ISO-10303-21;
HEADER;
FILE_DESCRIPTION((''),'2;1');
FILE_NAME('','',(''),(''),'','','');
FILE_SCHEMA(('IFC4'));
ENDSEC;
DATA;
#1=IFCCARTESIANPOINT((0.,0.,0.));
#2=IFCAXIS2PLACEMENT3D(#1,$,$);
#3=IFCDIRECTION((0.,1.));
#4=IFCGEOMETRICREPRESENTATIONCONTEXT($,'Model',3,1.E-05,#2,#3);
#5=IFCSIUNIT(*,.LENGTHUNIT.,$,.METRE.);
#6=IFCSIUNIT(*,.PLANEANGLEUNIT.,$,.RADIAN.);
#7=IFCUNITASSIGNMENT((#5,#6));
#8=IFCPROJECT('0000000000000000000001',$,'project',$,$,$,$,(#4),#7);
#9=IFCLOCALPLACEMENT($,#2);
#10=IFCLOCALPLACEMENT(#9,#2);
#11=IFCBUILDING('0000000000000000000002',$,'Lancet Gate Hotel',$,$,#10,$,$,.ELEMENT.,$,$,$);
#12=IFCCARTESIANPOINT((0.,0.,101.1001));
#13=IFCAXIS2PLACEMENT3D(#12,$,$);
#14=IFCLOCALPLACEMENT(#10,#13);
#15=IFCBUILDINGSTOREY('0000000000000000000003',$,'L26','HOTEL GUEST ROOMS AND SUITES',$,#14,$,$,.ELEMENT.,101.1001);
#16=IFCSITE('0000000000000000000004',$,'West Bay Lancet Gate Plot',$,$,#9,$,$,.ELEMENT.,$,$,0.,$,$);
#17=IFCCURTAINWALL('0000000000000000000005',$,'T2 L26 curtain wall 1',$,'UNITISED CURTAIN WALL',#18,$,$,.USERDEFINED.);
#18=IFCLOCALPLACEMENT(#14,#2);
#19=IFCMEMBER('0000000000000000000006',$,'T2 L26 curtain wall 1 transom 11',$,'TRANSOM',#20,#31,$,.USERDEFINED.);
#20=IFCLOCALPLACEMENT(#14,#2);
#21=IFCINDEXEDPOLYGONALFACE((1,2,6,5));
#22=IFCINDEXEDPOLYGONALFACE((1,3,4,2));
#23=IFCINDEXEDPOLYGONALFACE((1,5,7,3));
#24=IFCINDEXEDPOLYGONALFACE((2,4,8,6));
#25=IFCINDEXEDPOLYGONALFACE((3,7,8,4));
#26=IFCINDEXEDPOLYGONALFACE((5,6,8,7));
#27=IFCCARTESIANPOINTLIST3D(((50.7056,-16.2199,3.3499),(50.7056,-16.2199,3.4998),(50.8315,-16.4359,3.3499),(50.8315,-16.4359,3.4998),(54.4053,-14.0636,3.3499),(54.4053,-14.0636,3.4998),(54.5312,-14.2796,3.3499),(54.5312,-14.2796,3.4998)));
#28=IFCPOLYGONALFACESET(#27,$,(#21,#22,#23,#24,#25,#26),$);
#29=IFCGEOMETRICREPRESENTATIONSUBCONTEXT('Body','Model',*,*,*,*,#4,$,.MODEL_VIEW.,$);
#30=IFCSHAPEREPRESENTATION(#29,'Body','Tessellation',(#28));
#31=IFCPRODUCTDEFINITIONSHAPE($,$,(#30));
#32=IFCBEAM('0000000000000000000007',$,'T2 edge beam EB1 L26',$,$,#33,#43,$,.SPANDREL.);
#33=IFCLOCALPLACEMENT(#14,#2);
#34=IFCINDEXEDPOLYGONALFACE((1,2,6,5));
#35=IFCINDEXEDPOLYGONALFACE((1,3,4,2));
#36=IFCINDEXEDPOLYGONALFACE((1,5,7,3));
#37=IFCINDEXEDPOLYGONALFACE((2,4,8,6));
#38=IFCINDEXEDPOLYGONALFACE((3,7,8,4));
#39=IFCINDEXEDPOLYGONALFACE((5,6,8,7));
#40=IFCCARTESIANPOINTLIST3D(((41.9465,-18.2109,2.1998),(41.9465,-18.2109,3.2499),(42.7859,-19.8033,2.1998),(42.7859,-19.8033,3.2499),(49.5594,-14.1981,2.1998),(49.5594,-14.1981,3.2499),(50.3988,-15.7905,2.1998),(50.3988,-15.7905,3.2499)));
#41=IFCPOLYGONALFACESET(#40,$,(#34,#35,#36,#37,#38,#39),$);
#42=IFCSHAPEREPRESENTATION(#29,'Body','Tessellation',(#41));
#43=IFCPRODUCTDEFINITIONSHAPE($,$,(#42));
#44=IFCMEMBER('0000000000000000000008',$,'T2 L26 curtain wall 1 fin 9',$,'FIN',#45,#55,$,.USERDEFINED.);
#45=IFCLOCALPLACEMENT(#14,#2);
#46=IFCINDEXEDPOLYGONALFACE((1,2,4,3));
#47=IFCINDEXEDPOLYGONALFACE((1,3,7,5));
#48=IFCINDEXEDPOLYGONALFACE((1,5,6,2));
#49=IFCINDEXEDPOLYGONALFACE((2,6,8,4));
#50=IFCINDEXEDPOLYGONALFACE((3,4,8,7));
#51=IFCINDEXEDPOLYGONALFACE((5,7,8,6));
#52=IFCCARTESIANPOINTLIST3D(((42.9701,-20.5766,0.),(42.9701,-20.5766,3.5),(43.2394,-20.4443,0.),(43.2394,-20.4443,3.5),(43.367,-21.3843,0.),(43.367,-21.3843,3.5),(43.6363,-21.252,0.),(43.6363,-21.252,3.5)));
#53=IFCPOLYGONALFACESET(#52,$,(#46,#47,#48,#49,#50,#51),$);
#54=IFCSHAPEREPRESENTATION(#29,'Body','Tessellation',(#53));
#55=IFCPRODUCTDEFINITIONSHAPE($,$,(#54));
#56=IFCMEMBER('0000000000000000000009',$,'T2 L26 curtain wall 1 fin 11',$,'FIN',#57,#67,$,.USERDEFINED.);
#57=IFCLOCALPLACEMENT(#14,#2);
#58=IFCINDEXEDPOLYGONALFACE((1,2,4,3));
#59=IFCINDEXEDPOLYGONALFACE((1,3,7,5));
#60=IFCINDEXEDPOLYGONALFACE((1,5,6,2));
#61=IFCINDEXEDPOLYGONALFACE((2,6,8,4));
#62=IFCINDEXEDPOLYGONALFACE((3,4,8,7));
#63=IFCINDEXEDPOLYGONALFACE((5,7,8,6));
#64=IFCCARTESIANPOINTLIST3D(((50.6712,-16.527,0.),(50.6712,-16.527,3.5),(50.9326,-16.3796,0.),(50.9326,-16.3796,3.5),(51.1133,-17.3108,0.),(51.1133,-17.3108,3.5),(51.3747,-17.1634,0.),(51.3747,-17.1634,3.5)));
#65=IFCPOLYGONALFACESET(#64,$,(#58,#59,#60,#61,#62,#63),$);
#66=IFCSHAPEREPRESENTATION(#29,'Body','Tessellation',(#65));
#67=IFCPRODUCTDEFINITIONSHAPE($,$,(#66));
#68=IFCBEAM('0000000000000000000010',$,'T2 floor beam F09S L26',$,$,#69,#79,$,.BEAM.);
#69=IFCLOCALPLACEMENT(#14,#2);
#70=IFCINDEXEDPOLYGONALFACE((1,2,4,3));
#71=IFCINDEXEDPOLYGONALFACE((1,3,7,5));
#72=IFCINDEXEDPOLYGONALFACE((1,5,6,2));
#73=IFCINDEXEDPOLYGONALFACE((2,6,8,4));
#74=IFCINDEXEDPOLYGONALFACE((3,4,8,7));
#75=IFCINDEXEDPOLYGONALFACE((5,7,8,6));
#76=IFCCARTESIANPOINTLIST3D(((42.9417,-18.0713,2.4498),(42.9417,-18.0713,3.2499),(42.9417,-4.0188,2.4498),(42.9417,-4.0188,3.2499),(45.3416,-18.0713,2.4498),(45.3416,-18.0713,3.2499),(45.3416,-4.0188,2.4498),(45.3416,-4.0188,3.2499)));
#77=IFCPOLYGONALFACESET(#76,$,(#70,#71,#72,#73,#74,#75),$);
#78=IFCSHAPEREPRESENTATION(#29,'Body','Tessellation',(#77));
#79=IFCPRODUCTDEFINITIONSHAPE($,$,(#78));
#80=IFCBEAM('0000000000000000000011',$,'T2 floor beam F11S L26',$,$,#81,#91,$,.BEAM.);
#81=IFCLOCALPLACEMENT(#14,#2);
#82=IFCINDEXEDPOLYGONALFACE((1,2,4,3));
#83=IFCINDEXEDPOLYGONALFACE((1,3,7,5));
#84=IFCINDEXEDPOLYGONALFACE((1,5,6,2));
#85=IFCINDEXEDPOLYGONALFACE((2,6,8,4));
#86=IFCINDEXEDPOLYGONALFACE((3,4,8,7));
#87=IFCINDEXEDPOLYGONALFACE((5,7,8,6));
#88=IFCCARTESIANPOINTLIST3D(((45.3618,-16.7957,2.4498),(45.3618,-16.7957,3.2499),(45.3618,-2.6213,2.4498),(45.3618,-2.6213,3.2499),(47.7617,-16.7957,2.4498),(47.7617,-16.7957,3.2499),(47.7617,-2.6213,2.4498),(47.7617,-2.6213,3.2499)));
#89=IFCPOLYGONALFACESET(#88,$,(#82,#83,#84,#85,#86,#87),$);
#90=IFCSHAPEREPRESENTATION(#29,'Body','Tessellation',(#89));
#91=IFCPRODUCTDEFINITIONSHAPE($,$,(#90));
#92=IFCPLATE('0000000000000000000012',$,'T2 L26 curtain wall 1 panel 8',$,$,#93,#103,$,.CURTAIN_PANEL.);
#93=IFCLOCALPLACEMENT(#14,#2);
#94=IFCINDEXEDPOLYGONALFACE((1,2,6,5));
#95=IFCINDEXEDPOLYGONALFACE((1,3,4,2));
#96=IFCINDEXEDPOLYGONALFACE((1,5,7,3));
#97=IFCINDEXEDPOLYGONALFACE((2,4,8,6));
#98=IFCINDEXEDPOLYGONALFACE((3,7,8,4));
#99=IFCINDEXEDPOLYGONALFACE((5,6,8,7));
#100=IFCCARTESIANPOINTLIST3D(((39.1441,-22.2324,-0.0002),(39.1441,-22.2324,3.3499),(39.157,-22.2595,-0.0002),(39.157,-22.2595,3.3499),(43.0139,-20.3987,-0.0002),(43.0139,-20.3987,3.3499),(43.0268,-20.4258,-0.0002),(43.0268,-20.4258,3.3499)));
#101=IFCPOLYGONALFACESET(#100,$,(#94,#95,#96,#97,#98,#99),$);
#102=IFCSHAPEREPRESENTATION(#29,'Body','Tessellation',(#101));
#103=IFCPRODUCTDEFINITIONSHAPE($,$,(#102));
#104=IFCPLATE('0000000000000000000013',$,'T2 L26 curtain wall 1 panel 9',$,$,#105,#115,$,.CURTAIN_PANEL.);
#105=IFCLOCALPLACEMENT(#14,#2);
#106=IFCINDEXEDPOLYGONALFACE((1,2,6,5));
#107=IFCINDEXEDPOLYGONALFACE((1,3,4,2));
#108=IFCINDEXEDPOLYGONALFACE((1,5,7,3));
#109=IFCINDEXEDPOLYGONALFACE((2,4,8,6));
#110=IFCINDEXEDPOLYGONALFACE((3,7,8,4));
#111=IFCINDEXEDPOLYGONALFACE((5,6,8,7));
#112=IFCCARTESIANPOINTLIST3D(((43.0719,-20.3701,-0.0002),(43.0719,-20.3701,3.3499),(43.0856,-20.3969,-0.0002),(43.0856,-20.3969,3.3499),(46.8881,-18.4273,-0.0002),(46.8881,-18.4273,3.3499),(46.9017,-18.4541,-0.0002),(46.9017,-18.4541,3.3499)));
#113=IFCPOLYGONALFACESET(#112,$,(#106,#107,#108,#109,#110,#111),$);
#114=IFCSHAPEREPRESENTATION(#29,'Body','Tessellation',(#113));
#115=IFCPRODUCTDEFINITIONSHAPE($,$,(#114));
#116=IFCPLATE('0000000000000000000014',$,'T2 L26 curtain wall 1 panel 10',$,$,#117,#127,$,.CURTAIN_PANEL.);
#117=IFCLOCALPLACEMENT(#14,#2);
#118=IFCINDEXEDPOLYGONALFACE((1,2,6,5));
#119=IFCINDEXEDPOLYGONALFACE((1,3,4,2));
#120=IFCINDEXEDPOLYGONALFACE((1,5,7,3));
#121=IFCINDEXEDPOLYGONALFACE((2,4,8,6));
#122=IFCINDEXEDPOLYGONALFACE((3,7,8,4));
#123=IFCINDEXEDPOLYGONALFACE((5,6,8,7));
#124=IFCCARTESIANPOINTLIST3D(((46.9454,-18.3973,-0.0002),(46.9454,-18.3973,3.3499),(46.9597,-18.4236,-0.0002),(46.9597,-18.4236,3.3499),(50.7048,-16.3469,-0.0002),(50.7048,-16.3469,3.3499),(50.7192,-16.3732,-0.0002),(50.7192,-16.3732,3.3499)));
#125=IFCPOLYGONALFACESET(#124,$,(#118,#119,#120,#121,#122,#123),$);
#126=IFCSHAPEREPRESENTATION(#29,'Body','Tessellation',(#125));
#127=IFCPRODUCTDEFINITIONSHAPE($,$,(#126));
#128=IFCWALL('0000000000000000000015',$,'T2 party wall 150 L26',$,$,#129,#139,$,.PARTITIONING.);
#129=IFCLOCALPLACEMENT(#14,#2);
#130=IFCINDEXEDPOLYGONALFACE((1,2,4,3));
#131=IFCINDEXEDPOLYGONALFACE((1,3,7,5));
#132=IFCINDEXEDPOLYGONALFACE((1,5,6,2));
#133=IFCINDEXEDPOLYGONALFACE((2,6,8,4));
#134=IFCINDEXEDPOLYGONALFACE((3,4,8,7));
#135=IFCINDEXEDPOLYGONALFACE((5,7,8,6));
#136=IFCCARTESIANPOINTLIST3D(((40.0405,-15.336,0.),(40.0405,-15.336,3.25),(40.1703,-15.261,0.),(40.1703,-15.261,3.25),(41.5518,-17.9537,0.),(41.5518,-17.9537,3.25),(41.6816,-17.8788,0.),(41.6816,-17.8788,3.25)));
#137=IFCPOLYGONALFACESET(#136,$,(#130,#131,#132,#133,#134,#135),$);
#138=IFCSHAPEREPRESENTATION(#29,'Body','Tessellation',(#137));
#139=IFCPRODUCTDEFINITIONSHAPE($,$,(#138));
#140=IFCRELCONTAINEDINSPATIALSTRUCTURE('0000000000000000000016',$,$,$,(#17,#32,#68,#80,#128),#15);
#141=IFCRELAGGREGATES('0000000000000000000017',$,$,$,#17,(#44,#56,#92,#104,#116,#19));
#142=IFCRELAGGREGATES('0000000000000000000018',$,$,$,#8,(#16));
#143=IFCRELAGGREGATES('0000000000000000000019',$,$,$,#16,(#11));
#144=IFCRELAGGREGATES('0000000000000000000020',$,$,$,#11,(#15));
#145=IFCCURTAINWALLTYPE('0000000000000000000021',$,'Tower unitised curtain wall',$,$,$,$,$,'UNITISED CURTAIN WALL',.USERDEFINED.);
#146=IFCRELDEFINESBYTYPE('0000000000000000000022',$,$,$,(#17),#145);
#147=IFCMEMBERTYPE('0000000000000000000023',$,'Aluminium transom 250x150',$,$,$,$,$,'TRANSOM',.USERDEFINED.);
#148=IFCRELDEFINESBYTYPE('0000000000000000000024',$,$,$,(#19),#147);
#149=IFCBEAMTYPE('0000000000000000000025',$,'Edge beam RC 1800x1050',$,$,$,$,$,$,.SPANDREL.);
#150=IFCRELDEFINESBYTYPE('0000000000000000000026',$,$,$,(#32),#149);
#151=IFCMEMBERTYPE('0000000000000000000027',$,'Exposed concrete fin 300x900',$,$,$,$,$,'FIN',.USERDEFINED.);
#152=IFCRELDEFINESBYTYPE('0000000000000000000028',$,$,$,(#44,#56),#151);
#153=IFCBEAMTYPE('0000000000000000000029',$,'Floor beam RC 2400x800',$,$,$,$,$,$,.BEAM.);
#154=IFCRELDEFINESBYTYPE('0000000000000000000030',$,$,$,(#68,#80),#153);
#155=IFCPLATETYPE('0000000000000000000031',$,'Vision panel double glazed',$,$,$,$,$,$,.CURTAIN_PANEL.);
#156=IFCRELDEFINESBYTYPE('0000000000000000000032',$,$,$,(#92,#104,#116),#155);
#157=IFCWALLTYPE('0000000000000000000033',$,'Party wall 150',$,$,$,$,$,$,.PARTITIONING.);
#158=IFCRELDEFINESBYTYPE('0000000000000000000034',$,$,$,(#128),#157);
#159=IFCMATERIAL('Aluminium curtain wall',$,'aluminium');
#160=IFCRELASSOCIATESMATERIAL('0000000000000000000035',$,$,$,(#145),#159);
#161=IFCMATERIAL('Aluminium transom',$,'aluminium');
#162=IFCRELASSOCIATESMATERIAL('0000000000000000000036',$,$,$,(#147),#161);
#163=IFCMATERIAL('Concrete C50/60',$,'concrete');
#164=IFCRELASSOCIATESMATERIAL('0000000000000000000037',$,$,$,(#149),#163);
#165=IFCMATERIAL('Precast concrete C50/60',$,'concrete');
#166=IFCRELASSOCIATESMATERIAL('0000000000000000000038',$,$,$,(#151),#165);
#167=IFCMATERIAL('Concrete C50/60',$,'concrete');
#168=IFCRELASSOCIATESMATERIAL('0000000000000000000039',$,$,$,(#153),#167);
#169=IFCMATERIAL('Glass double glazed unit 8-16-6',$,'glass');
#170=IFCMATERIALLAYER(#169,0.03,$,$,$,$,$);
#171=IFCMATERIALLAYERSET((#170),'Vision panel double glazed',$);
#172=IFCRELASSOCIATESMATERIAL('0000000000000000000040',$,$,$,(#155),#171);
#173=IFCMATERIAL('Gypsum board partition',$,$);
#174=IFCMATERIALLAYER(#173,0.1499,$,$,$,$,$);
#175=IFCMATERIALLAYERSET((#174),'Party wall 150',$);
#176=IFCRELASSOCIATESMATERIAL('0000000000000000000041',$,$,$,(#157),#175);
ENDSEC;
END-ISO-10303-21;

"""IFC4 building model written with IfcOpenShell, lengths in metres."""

from ifc_helpers import new_model, si_unit, direction, frame, frame_2d, origin, origin_2d, place, context, subcontext, project, spatial, rectangle, extrude, material, layer, layer_set, material_profile, profile_set, type_object, element, aggregate, save


model = new_model("IFC4")

# Units and contexts
model_context = context("Model", 3, precision=1e-05, world=origin(), true_north=direction((0.0, 1.0)))
body_context = subcontext(model_context, "Body", "Model", "MODEL_VIEW")
ifc_project = project(units=[si_unit("LENGTHUNIT", "METRE"), si_unit("PLANEANGLEUNIT", "RADIAN")], contexts=[model_context])

# Site, building, storey
site_placement = place(None, origin())
site = spatial("IfcSite", under=ifc_project, at=site_placement, Name="West Bay Lancet Gate Plot", CompositionType="ELEMENT", RefElevation=0.0)
building_placement = place(site_placement, origin())
building = spatial("IfcBuilding", under=site, at=building_placement, Name="Lancet Gate Hotel", CompositionType="ELEMENT")
storey_placement = place(building_placement, frame((0.0, 0.0, 101.1001)))
storey = spatial("IfcBuildingStorey", under=building, at=storey_placement, Name="L26", Description="HOTEL GUEST ROOMS AND SUITES", CompositionType="ELEMENT", Elevation=101.1001)

# Curtain wall, member
ifc_material_1 = material(Name="Aluminium curtain wall", Category="aluminium")
curtain_wall_type = type_object("IfcCurtainWallType", Name="Tower unitised curtain wall", ElementType="UNITISED CURTAIN WALL", PredefinedType="USERDEFINED", material=ifc_material_1)
curtain_wall_placement = place(storey_placement, origin())
curtain_wall = element("IfcCurtainWall", 1, at=curtain_wall_placement, inside=storey, type_object=curtain_wall_type, Name="T2 L26 curtain wall 1", ObjectType="UNITISED CURTAIN WALL", PredefinedType="USERDEFINED")
ifc_material_2 = material(Name="Aluminium transom", Category="aluminium")
ifc_material_profile_1 = material_profile(ifc_material_2, rectangle(XDim=0.25, YDim=0.1499, at=origin_2d()), Name="TRANSOM 250x150")
ifc_profile_set_1 = profile_set([ifc_material_profile_1], Name="Aluminium transom")
member_type_1 = type_object("IfcMemberType", Name="Aluminium transom 250x150", ElementType="TRANSOM", PredefinedType="USERDEFINED", material=ifc_profile_set_1)
member_1_placement = place(storey_placement, frame((50.7686, -16.3279, 3.4248), z_axis=(0.863973, 0.503538, 0.0), x_axis=(-0.503538, 0.863973, 0.0)))
member_1 = element("IfcMember", 2, at=member_1_placement, type_object=member_type_1, Name="T2 L26 curtain wall 1 transom 11", ObjectType="TRANSOM", PredefinedType="USERDEFINED", context=body_context, shape_type="SweptSolid", body=[
    extrude(rectangle(XDim=0.25, YDim=0.1499, at=origin_2d()), origin(), (0.0, 0.0, 1.0), 4.2822),
])

# Beam
ifc_material_3 = material(Name="Concrete C50/60", Category="concrete")
ifc_material_profile_2 = material_profile(ifc_material_3, rectangle(XDim=1.8, YDim=1.05, at=origin_2d()), Name="RC 1800x1050")
ifc_profile_set_2 = profile_set([ifc_material_profile_2], Name="Concrete C50/60")
beam_type_1 = type_object("IfcBeamType", Name="Edge beam RC 1800x1050", PredefinedType="SPANDREL", material=ifc_profile_set_2)
beam_1_placement = place(storey_placement, frame((42.3662, -19.0071, 2.7249), z_axis=(0.884633, 0.466289, 0.0), x_axis=(-0.466289, 0.884633, 0.0)))
element("IfcBeam", 3, at=beam_1_placement, inside=storey, type_object=beam_type_1, Name="T2 edge beam EB1 L26", PredefinedType="SPANDREL", context=body_context, shape_type="SweptSolid", body=[
    extrude(rectangle(XDim=1.8, YDim=1.05, at=origin_2d()), origin(), (0.0, 0.0, 1.0), 8.6057),
])

# Members
ifc_material_4 = material(Name="Precast concrete C50/60", Category="concrete")
ifc_material_profile_3 = material_profile(ifc_material_4, rectangle(XDim=0.3, YDim=0.8999, at=origin_2d()), Name="FIN 300x900")
ifc_profile_set_3 = profile_set([ifc_material_profile_3], Name="Precast concrete C50/60")
member_type_2 = type_object("IfcMemberType", Name="Exposed concrete fin 300x900", ElementType="FIN", PredefinedType="USERDEFINED", material=ifc_profile_set_3)
member_2_placement = place(storey_placement, frame((43.3032, -20.9143, 0.0), z_axis=(0.0, 0.0, 1.0), x_axis=(0.897512, 0.44099, 0.0)))
member_2 = element("IfcMember", 4, at=member_2_placement, type_object=member_type_2, Name="T2 L26 curtain wall 1 fin 9", ObjectType="FIN", PredefinedType="USERDEFINED", context=body_context, shape_type="SweptSolid", body=[
    extrude(rectangle(XDim=0.3, YDim=0.8999, at=origin_2d()), origin(), (0.0, 0.0, 1.0), 3.5),
])
member_3_placement = place(storey_placement, frame((51.0229, -16.8452, 0.0), z_axis=(0.0, 0.0, 1.0), x_axis=(0.871029, 0.491232, 0.0)))
member_3 = element("IfcMember", 5, at=member_3_placement, type_object=member_type_2, Name="T2 L26 curtain wall 1 fin 11", ObjectType="FIN", PredefinedType="USERDEFINED", context=body_context, shape_type="SweptSolid", body=[
    extrude(rectangle(XDim=0.3, YDim=0.8999, at=origin_2d()), origin(), (0.0, 0.0, 1.0), 3.5),
])

# Beams
ifc_material_5 = material(Name="Concrete C50/60", Category="concrete")
ifc_material_profile_4 = material_profile(ifc_material_5, rectangle(XDim=2.3999, YDim=0.8, at=origin_2d()), Name="RC 2400x800")
ifc_profile_set_4 = profile_set([ifc_material_profile_4], Name="Concrete C50/60")
beam_type_2 = type_object("IfcBeamType", Name="Floor beam RC 2400x800", PredefinedType="BEAM", material=ifc_profile_set_4)
beam_2_placement = place(storey_placement, frame((44.1416, -18.0713, 2.8499), z_axis=(0.0, 1.0, 0.0), x_axis=(-1.0, 0.0, 0.0)))
element("IfcBeam", 6, at=beam_2_placement, inside=storey, type_object=beam_type_2, Name="T2 floor beam F09S L26", PredefinedType="BEAM", context=body_context, shape_type="SweptSolid", body=[
    extrude(rectangle(XDim=2.3999, YDim=0.8, at=origin_2d()), origin(), (0.0, 0.0, 1.0), 14.0525),
])
beam_3_placement = place(storey_placement, frame((46.5618, -16.7957, 2.8499), z_axis=(0.0, 1.0, 0.0), x_axis=(-1.0, 0.0, 0.0)))
element("IfcBeam", 7, at=beam_3_placement, inside=storey, type_object=beam_type_2, Name="T2 floor beam F11S L26", PredefinedType="BEAM", context=body_context, shape_type="SweptSolid", body=[
    extrude(rectangle(XDim=2.3999, YDim=0.8, at=origin_2d()), origin(), (0.0, 0.0, 1.0), 14.1743),
])

# Plates
ifc_material_6 = material(Name="Glass double glazed unit 8-16-6", Category="glass")
ifc_layer_1 = layer(ifc_material_6, 0.03)
ifc_layer_set_1 = layer_set([ifc_layer_1], Name="Vision panel double glazed")
plate_type = type_object("IfcPlateType", Name="Vision panel double glazed", PredefinedType="CURTAIN_PANEL", material=ifc_layer_set_1)
plate_1_placement = place(storey_placement, frame((41.0854, -21.3291, -0.0002), z_axis=(0.0, 0.0, 1.0), x_axis=(0.903683, 0.428201, 0.0)))
plate_1 = element("IfcPlate", 8, at=plate_1_placement, type_object=plate_type, Name="T2 L26 curtain wall 1 panel 8", PredefinedType="CURTAIN_PANEL", context=body_context, shape_type="SweptSolid", body=[
    extrude(rectangle(XDim=4.2822, YDim=0.03, at=origin_2d()), origin(), (0.0, 0.0, 1.0), 3.3501),
])
plate_2_placement = place(storey_placement, frame((44.9868, -19.4121, -0.0002), z_axis=(0.0, 0.0, 1.0), x_axis=(0.891159, 0.45369, 0.0)))
plate_2 = element("IfcPlate", 9, at=plate_2_placement, type_object=plate_type, Name="T2 L26 curtain wall 1 panel 9", PredefinedType="CURTAIN_PANEL", context=body_context, shape_type="SweptSolid", body=[
    extrude(rectangle(XDim=4.2822, YDim=0.03, at=origin_2d()), origin(), (0.0, 0.0, 1.0), 3.3501),
])
plate_3_placement = place(storey_placement, frame((48.8323, -17.3853, -0.0002), z_axis=(0.0, 0.0, 1.0), x_axis=(0.877916, 0.478814, 0.0)))
plate_3 = element("IfcPlate", 10, at=plate_3_placement, type_object=plate_type, Name="T2 L26 curtain wall 1 panel 10", PredefinedType="CURTAIN_PANEL", context=body_context, shape_type="SweptSolid", body=[
    extrude(rectangle(XDim=4.2822, YDim=0.03, at=origin_2d()), origin(), (0.0, 0.0, 1.0), 3.3501),
])
aggregate(curtain_wall, [member_2, member_3, plate_1, plate_2, plate_3, member_1])

# Wall
ifc_material_7 = material(Name="Gypsum board partition")
ifc_layer_2 = layer(ifc_material_7, 0.1499)
ifc_layer_set_2 = layer_set([ifc_layer_2], Name="Party wall 150")
wall_type = type_object("IfcWallType", Name="Party wall 150", PredefinedType="PARTITIONING", material=ifc_layer_set_2)
wall_placement = place(storey_placement, frame((40.1055, -15.2986, 0.0), z_axis=(0.0, 0.0, 1.0), x_axis=(0.499979, -0.866038, 0.0)))
element("IfcWall", 11, at=wall_placement, inside=storey, type_object=wall_type, Name="T2 party wall 150 L26", PredefinedType="PARTITIONING", context=body_context, shape_type="SweptSolid", body=[
    extrude(rectangle(XDim=3.0227, YDim=0.1499, at=frame_2d((1.5112, 0.0))), origin(), (0.0, 0.0, 1.0), 3.25),
])

save(model, "model.ifc")
